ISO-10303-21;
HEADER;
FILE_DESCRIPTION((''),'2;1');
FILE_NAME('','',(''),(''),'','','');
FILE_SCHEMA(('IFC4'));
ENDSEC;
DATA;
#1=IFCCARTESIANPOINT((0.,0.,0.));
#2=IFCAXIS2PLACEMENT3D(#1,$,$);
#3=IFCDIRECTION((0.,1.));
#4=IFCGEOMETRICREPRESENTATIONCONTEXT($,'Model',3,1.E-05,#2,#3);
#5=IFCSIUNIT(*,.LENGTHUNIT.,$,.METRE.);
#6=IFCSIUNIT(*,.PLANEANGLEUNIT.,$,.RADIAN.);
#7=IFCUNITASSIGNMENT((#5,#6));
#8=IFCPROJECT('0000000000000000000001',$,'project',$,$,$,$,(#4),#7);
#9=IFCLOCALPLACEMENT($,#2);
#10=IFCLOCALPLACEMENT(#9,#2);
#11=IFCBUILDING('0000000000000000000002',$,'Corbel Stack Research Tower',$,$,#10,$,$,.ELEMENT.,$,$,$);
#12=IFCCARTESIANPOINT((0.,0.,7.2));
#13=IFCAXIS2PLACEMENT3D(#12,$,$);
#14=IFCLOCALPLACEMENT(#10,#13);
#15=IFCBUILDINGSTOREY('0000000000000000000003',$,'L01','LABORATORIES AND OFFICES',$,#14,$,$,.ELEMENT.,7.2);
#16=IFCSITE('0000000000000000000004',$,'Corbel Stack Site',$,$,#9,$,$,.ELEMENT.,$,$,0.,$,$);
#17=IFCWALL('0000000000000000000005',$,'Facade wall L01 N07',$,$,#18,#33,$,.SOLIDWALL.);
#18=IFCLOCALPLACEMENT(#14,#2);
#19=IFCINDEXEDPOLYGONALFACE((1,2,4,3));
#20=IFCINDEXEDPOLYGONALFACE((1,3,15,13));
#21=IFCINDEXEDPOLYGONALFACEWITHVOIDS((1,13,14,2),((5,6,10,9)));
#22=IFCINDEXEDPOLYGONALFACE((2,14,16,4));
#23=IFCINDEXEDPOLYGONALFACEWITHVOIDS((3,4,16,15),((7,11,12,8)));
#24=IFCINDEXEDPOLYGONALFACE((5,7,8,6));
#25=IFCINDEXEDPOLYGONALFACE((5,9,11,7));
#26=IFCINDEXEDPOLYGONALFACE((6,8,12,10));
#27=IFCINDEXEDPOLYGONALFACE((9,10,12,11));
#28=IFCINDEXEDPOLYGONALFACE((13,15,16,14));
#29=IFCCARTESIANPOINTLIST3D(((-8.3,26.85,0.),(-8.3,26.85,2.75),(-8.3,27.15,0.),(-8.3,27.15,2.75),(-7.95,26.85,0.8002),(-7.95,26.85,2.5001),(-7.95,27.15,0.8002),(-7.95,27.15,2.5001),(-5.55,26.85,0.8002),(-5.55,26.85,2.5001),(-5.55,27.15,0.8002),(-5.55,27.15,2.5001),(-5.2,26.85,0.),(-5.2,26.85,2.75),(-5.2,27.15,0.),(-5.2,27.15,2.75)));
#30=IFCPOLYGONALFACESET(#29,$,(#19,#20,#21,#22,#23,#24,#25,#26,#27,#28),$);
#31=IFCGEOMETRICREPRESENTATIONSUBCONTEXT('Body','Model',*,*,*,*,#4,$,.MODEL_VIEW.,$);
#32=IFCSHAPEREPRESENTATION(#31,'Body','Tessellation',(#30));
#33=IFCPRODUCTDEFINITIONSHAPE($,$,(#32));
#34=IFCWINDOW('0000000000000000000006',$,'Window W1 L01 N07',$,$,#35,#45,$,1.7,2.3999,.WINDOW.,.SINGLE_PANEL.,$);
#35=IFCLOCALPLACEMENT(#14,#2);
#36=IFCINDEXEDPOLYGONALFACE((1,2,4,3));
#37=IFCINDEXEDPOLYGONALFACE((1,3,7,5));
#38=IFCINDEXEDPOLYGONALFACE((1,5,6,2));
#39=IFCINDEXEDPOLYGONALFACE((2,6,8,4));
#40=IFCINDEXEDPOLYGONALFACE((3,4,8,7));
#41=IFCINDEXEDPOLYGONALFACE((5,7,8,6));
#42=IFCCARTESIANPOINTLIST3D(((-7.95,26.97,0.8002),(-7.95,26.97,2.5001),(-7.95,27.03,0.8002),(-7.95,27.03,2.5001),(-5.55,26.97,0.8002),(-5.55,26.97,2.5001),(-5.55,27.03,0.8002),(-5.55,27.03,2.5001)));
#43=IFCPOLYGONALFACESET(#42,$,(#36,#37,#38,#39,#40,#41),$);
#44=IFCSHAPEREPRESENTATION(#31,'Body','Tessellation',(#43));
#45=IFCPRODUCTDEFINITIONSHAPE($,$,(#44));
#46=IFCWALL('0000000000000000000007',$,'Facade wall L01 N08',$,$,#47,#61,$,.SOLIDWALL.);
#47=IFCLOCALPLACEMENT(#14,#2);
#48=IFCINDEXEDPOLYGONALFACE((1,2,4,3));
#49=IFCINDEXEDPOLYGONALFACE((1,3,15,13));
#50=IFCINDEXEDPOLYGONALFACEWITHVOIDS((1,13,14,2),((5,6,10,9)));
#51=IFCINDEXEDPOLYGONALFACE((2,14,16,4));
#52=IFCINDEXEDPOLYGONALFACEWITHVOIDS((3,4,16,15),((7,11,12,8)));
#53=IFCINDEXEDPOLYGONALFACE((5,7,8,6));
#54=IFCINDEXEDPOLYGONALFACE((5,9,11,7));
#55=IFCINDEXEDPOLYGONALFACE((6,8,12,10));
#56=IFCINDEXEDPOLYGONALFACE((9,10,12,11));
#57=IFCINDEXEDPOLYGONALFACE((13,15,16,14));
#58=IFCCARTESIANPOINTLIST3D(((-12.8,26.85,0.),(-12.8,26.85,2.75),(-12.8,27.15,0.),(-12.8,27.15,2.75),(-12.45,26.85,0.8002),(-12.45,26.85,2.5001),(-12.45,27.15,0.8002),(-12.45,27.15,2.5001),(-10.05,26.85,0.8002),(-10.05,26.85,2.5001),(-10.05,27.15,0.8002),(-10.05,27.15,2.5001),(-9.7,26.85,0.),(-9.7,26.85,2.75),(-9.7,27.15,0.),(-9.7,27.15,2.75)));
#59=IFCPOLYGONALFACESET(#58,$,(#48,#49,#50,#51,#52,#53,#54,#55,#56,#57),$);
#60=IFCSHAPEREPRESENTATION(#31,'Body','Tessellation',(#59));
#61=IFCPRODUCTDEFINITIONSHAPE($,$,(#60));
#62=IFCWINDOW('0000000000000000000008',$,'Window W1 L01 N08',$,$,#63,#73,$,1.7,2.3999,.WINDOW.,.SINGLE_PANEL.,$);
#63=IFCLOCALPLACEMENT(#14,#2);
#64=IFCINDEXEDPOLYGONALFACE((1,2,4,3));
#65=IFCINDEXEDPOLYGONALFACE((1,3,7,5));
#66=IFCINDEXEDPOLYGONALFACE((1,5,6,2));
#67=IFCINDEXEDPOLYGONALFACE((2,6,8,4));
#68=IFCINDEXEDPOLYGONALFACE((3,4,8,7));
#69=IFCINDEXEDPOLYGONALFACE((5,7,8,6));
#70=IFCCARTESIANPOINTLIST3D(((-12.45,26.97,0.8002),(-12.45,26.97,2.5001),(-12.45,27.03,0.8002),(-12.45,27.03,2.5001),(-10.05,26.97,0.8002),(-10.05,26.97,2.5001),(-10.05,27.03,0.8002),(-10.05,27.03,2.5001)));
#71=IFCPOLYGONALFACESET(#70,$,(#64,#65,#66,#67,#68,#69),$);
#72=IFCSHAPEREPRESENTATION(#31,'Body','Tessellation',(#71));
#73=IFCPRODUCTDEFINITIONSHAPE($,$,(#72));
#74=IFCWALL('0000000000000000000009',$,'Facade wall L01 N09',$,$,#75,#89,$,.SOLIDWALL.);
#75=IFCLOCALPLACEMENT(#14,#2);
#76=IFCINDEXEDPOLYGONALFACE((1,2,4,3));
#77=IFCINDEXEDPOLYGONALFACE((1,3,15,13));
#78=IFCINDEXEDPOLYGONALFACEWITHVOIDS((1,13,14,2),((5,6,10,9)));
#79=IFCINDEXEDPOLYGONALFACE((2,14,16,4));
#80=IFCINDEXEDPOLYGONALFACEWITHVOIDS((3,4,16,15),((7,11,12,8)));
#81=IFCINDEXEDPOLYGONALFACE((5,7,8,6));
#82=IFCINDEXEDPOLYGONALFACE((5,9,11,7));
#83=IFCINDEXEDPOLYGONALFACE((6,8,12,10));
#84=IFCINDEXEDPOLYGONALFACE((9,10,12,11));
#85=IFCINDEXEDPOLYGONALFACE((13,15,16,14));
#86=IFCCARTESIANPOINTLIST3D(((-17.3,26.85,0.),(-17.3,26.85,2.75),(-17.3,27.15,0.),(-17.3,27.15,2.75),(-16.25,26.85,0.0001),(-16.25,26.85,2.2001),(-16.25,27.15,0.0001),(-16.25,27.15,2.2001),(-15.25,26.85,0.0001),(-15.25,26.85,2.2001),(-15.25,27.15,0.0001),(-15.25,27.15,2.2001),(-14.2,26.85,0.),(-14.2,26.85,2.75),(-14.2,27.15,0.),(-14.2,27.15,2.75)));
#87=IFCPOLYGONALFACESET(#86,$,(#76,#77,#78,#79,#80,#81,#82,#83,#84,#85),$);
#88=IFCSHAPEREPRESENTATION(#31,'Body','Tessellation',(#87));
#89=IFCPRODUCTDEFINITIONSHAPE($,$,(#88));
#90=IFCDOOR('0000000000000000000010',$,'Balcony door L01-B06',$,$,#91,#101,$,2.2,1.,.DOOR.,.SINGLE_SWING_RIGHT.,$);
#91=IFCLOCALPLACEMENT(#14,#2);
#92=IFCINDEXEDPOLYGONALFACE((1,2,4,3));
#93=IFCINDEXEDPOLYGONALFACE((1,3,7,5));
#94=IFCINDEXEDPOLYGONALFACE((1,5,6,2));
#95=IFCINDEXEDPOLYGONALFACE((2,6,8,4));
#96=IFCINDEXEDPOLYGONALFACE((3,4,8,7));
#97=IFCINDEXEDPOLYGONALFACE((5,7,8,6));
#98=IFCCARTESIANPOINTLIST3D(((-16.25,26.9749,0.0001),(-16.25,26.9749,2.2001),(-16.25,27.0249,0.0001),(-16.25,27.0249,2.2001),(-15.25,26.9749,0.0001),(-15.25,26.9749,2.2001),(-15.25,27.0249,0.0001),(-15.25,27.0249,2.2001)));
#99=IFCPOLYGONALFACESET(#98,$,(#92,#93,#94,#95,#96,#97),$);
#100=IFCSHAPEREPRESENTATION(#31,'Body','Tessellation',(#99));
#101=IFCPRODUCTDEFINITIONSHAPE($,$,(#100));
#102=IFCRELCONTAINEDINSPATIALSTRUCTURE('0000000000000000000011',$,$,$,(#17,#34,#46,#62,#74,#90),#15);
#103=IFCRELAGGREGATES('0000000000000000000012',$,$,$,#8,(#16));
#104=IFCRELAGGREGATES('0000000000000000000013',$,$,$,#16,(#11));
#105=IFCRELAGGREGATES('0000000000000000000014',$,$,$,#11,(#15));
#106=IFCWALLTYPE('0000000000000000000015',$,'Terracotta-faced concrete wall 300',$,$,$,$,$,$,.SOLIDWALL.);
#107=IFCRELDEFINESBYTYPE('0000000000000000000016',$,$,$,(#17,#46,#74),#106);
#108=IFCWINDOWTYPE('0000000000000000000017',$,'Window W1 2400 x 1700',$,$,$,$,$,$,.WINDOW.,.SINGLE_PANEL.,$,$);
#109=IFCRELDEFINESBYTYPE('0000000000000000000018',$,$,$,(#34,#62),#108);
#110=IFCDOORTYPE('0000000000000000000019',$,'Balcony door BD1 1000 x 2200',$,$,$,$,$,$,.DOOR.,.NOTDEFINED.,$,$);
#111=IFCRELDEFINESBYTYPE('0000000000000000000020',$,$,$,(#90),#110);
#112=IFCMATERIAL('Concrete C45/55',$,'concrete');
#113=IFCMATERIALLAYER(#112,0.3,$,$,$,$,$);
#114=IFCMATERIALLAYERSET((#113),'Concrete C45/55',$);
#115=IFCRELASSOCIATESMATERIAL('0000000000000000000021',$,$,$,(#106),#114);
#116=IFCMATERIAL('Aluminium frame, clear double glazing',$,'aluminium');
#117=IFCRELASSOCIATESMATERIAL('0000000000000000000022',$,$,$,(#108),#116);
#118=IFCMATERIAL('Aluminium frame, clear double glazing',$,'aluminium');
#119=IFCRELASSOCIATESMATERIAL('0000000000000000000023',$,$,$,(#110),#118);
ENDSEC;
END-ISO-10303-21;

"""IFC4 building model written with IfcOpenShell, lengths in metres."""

from ifc_helpers import new_model, si_unit, direction, frame, frame_2d, origin, place, context, subcontext, project, spatial, rectangle, extrude, material, layer, layer_set, type_object, element, fill, save


model = new_model("IFC4")

# Units and contexts
model_context = context("Model", 3, precision=1e-05, world=origin(), true_north=direction((0.0, 1.0)))
body_context = subcontext(model_context, "Body", "Model", "MODEL_VIEW")
ifc_project = project(units=[si_unit("LENGTHUNIT", "METRE"), si_unit("PLANEANGLEUNIT", "RADIAN")], contexts=[model_context])

# Site, building, storey
site_placement = place(None, origin())
site = spatial("IfcSite", under=ifc_project, at=site_placement, Name="Corbel Stack Site", CompositionType="ELEMENT", RefElevation=0.0)
building_placement = place(site_placement, origin())
building = spatial("IfcBuilding", under=site, at=building_placement, Name="Corbel Stack Research Tower", CompositionType="ELEMENT")
storey_placement = place(building_placement, frame((0.0, 0.0, 7.2)))
storey = spatial("IfcBuildingStorey", under=building, at=storey_placement, Name="L01", Description="LABORATORIES AND OFFICES", CompositionType="ELEMENT", Elevation=7.2)

# Walls, openings, windows
ifc_material_1 = material(Name="Concrete C45/55", Category="concrete")
ifc_layer_1 = layer(ifc_material_1, 0.3)
ifc_layer_set_1 = layer_set([ifc_layer_1], Name="Concrete C45/55")
wall_type_1 = type_object("IfcWallType", Name="Terracotta-faced concrete wall 300", PredefinedType="SOLIDWALL", material=ifc_layer_set_1)
wall_1_placement = place(storey_placement, frame((-8.3, 27.0, 0.0), z_axis=(0.0, 0.0, 1.0), x_axis=(1.0, 0.0, 0.0)))
wall_1 = element("IfcWall", 1, at=wall_1_placement, inside=storey, type_object=wall_type_1, Name="Facade wall L01 N07", PredefinedType="SOLIDWALL", context=body_context, shape_type="SweptSolid", body=[
    extrude(rectangle(XDim=3.1001, YDim=0.3, at=frame_2d((1.55, 0.0))), origin(), (0.0, 0.0, 1.0), 2.75),
])
opening_1_placement = place(wall_1_placement, frame((0.3501, 0.0, 0.8)))
opening_1 = element("IfcOpeningElement", 2, at=opening_1_placement, cuts=wall_1, PredefinedType="OPENING", context=body_context, shape_type="SweptSolid", body=[
    extrude(rectangle(XDim=2.3999, YDim=1.7, at=frame_2d((1.2, 0.8501))), frame((0.0, 0.1599, 0.0), z_axis=(0.0, -1.0, 0.0), x_axis=(1.0, 0.0, 0.0)), (0.0, 0.0, 1.0), 0.3201),
])
ifc_material_2 = material(Name="Aluminium frame, clear double glazing", Category="aluminium")
window_type = type_object("IfcWindowType", Name="Window W1 2400 x 1700", PartitioningType="SINGLE_PANEL", PredefinedType="WINDOW", material=ifc_material_2)
window_1_placement = place(opening_1_placement, origin())
window_1 = element("IfcWindow", 3, at=window_1_placement, inside=storey, type_object=window_type, Name="Window W1 L01 N07", OverallHeight=1.7, OverallWidth=2.3999, PartitioningType="SINGLE_PANEL", PredefinedType="WINDOW", context=body_context, shape_type="SweptSolid", body=[
    extrude(rectangle(XDim=2.3999, YDim=1.7, at=frame_2d((1.2, 0.8501))), frame((0.0, 0.03, 0.0), z_axis=(0.0, -1.0, 0.0), x_axis=(1.0, 0.0, 0.0)), (0.0, 0.0, 1.0), 0.0601),
])
fill(opening_1, window_1)
wall_2_placement = place(storey_placement, frame((-12.8, 27.0, 0.0), z_axis=(0.0, 0.0, 1.0), x_axis=(1.0, 0.0, 0.0)))
wall_2 = element("IfcWall", 4, at=wall_2_placement, inside=storey, type_object=wall_type_1, Name="Facade wall L01 N08", PredefinedType="SOLIDWALL", context=body_context, shape_type="SweptSolid", body=[
    extrude(rectangle(XDim=3.1001, YDim=0.3, at=frame_2d((1.55, 0.0))), origin(), (0.0, 0.0, 1.0), 2.75),
])
opening_2_placement = place(wall_2_placement, frame((0.3501, 0.0, 0.8)))
opening_2 = element("IfcOpeningElement", 5, at=opening_2_placement, cuts=wall_2, PredefinedType="OPENING", context=body_context, shape_type="SweptSolid", body=[
    extrude(rectangle(XDim=2.3999, YDim=1.7, at=frame_2d((1.2, 0.8501))), frame((0.0, 0.1599, 0.0), z_axis=(0.0, -1.0, 0.0), x_axis=(1.0, 0.0, 0.0)), (0.0, 0.0, 1.0), 0.3201),
])
window_2_placement = place(opening_2_placement, origin())
window_2 = element("IfcWindow", 6, at=window_2_placement, inside=storey, type_object=window_type, Name="Window W1 L01 N08", OverallHeight=1.7, OverallWidth=2.3999, PartitioningType="SINGLE_PANEL", PredefinedType="WINDOW", context=body_context, shape_type="SweptSolid", body=[
    extrude(rectangle(XDim=2.3999, YDim=1.7, at=frame_2d((1.2, 0.8501))), frame((0.0, 0.03, 0.0), z_axis=(0.0, -1.0, 0.0), x_axis=(1.0, 0.0, 0.0)), (0.0, 0.0, 1.0), 0.0601),
])
fill(opening_2, window_2)

# Wall, opening, door
wall_3_placement = place(storey_placement, frame((-17.3, 27.0, 0.0), z_axis=(0.0, 0.0, 1.0), x_axis=(1.0, 0.0, 0.0)))
wall_3 = element("IfcWall", 7, at=wall_3_placement, inside=storey, type_object=wall_type_1, Name="Facade wall L01 N09", PredefinedType="SOLIDWALL", context=body_context, shape_type="SweptSolid", body=[
    extrude(rectangle(XDim=3.1001, YDim=0.3, at=frame_2d((1.55, 0.0))), origin(), (0.0, 0.0, 1.0), 2.75),
])
opening_3_placement = place(wall_3_placement, frame((1.05, 0.0, 0.0)))
opening_3 = element("IfcOpeningElement", 8, at=opening_3_placement, cuts=wall_3, PredefinedType="OPENING", context=body_context, shape_type="SweptSolid", body=[
    extrude(rectangle(XDim=1.0, YDim=2.2, at=frame_2d((0.5, 1.1001))), frame((0.0, 0.1599, 0.0), z_axis=(0.0, -1.0, 0.0), x_axis=(1.0, 0.0, 0.0)), (0.0, 0.0, 1.0), 0.3201),
])
ifc_material_3 = material(Name="Aluminium frame, clear double glazing", Category="aluminium")
door_type = type_object("IfcDoorType", Name="Balcony door BD1 1000 x 2200", OperationType="NOTDEFINED", PredefinedType="DOOR", material=ifc_material_3)
door_placement = place(opening_3_placement, origin())
door = element("IfcDoor", 9, at=door_placement, inside=storey, type_object=door_type, Name="Balcony door L01-B06", OperationType="SINGLE_SWING_RIGHT", OverallHeight=2.2, OverallWidth=1.0, PredefinedType="DOOR", context=body_context, shape_type="SweptSolid", body=[
    extrude(rectangle(XDim=1.0, YDim=2.2, at=frame_2d((0.5, 1.1001))), frame((0.0, 0.0249, 0.0), z_axis=(0.0, -1.0, 0.0), x_axis=(1.0, 0.0, 0.0)), (0.0, 0.0, 1.0), 0.05),
])
fill(opening_3, door)

save(model, "model.ifc")
